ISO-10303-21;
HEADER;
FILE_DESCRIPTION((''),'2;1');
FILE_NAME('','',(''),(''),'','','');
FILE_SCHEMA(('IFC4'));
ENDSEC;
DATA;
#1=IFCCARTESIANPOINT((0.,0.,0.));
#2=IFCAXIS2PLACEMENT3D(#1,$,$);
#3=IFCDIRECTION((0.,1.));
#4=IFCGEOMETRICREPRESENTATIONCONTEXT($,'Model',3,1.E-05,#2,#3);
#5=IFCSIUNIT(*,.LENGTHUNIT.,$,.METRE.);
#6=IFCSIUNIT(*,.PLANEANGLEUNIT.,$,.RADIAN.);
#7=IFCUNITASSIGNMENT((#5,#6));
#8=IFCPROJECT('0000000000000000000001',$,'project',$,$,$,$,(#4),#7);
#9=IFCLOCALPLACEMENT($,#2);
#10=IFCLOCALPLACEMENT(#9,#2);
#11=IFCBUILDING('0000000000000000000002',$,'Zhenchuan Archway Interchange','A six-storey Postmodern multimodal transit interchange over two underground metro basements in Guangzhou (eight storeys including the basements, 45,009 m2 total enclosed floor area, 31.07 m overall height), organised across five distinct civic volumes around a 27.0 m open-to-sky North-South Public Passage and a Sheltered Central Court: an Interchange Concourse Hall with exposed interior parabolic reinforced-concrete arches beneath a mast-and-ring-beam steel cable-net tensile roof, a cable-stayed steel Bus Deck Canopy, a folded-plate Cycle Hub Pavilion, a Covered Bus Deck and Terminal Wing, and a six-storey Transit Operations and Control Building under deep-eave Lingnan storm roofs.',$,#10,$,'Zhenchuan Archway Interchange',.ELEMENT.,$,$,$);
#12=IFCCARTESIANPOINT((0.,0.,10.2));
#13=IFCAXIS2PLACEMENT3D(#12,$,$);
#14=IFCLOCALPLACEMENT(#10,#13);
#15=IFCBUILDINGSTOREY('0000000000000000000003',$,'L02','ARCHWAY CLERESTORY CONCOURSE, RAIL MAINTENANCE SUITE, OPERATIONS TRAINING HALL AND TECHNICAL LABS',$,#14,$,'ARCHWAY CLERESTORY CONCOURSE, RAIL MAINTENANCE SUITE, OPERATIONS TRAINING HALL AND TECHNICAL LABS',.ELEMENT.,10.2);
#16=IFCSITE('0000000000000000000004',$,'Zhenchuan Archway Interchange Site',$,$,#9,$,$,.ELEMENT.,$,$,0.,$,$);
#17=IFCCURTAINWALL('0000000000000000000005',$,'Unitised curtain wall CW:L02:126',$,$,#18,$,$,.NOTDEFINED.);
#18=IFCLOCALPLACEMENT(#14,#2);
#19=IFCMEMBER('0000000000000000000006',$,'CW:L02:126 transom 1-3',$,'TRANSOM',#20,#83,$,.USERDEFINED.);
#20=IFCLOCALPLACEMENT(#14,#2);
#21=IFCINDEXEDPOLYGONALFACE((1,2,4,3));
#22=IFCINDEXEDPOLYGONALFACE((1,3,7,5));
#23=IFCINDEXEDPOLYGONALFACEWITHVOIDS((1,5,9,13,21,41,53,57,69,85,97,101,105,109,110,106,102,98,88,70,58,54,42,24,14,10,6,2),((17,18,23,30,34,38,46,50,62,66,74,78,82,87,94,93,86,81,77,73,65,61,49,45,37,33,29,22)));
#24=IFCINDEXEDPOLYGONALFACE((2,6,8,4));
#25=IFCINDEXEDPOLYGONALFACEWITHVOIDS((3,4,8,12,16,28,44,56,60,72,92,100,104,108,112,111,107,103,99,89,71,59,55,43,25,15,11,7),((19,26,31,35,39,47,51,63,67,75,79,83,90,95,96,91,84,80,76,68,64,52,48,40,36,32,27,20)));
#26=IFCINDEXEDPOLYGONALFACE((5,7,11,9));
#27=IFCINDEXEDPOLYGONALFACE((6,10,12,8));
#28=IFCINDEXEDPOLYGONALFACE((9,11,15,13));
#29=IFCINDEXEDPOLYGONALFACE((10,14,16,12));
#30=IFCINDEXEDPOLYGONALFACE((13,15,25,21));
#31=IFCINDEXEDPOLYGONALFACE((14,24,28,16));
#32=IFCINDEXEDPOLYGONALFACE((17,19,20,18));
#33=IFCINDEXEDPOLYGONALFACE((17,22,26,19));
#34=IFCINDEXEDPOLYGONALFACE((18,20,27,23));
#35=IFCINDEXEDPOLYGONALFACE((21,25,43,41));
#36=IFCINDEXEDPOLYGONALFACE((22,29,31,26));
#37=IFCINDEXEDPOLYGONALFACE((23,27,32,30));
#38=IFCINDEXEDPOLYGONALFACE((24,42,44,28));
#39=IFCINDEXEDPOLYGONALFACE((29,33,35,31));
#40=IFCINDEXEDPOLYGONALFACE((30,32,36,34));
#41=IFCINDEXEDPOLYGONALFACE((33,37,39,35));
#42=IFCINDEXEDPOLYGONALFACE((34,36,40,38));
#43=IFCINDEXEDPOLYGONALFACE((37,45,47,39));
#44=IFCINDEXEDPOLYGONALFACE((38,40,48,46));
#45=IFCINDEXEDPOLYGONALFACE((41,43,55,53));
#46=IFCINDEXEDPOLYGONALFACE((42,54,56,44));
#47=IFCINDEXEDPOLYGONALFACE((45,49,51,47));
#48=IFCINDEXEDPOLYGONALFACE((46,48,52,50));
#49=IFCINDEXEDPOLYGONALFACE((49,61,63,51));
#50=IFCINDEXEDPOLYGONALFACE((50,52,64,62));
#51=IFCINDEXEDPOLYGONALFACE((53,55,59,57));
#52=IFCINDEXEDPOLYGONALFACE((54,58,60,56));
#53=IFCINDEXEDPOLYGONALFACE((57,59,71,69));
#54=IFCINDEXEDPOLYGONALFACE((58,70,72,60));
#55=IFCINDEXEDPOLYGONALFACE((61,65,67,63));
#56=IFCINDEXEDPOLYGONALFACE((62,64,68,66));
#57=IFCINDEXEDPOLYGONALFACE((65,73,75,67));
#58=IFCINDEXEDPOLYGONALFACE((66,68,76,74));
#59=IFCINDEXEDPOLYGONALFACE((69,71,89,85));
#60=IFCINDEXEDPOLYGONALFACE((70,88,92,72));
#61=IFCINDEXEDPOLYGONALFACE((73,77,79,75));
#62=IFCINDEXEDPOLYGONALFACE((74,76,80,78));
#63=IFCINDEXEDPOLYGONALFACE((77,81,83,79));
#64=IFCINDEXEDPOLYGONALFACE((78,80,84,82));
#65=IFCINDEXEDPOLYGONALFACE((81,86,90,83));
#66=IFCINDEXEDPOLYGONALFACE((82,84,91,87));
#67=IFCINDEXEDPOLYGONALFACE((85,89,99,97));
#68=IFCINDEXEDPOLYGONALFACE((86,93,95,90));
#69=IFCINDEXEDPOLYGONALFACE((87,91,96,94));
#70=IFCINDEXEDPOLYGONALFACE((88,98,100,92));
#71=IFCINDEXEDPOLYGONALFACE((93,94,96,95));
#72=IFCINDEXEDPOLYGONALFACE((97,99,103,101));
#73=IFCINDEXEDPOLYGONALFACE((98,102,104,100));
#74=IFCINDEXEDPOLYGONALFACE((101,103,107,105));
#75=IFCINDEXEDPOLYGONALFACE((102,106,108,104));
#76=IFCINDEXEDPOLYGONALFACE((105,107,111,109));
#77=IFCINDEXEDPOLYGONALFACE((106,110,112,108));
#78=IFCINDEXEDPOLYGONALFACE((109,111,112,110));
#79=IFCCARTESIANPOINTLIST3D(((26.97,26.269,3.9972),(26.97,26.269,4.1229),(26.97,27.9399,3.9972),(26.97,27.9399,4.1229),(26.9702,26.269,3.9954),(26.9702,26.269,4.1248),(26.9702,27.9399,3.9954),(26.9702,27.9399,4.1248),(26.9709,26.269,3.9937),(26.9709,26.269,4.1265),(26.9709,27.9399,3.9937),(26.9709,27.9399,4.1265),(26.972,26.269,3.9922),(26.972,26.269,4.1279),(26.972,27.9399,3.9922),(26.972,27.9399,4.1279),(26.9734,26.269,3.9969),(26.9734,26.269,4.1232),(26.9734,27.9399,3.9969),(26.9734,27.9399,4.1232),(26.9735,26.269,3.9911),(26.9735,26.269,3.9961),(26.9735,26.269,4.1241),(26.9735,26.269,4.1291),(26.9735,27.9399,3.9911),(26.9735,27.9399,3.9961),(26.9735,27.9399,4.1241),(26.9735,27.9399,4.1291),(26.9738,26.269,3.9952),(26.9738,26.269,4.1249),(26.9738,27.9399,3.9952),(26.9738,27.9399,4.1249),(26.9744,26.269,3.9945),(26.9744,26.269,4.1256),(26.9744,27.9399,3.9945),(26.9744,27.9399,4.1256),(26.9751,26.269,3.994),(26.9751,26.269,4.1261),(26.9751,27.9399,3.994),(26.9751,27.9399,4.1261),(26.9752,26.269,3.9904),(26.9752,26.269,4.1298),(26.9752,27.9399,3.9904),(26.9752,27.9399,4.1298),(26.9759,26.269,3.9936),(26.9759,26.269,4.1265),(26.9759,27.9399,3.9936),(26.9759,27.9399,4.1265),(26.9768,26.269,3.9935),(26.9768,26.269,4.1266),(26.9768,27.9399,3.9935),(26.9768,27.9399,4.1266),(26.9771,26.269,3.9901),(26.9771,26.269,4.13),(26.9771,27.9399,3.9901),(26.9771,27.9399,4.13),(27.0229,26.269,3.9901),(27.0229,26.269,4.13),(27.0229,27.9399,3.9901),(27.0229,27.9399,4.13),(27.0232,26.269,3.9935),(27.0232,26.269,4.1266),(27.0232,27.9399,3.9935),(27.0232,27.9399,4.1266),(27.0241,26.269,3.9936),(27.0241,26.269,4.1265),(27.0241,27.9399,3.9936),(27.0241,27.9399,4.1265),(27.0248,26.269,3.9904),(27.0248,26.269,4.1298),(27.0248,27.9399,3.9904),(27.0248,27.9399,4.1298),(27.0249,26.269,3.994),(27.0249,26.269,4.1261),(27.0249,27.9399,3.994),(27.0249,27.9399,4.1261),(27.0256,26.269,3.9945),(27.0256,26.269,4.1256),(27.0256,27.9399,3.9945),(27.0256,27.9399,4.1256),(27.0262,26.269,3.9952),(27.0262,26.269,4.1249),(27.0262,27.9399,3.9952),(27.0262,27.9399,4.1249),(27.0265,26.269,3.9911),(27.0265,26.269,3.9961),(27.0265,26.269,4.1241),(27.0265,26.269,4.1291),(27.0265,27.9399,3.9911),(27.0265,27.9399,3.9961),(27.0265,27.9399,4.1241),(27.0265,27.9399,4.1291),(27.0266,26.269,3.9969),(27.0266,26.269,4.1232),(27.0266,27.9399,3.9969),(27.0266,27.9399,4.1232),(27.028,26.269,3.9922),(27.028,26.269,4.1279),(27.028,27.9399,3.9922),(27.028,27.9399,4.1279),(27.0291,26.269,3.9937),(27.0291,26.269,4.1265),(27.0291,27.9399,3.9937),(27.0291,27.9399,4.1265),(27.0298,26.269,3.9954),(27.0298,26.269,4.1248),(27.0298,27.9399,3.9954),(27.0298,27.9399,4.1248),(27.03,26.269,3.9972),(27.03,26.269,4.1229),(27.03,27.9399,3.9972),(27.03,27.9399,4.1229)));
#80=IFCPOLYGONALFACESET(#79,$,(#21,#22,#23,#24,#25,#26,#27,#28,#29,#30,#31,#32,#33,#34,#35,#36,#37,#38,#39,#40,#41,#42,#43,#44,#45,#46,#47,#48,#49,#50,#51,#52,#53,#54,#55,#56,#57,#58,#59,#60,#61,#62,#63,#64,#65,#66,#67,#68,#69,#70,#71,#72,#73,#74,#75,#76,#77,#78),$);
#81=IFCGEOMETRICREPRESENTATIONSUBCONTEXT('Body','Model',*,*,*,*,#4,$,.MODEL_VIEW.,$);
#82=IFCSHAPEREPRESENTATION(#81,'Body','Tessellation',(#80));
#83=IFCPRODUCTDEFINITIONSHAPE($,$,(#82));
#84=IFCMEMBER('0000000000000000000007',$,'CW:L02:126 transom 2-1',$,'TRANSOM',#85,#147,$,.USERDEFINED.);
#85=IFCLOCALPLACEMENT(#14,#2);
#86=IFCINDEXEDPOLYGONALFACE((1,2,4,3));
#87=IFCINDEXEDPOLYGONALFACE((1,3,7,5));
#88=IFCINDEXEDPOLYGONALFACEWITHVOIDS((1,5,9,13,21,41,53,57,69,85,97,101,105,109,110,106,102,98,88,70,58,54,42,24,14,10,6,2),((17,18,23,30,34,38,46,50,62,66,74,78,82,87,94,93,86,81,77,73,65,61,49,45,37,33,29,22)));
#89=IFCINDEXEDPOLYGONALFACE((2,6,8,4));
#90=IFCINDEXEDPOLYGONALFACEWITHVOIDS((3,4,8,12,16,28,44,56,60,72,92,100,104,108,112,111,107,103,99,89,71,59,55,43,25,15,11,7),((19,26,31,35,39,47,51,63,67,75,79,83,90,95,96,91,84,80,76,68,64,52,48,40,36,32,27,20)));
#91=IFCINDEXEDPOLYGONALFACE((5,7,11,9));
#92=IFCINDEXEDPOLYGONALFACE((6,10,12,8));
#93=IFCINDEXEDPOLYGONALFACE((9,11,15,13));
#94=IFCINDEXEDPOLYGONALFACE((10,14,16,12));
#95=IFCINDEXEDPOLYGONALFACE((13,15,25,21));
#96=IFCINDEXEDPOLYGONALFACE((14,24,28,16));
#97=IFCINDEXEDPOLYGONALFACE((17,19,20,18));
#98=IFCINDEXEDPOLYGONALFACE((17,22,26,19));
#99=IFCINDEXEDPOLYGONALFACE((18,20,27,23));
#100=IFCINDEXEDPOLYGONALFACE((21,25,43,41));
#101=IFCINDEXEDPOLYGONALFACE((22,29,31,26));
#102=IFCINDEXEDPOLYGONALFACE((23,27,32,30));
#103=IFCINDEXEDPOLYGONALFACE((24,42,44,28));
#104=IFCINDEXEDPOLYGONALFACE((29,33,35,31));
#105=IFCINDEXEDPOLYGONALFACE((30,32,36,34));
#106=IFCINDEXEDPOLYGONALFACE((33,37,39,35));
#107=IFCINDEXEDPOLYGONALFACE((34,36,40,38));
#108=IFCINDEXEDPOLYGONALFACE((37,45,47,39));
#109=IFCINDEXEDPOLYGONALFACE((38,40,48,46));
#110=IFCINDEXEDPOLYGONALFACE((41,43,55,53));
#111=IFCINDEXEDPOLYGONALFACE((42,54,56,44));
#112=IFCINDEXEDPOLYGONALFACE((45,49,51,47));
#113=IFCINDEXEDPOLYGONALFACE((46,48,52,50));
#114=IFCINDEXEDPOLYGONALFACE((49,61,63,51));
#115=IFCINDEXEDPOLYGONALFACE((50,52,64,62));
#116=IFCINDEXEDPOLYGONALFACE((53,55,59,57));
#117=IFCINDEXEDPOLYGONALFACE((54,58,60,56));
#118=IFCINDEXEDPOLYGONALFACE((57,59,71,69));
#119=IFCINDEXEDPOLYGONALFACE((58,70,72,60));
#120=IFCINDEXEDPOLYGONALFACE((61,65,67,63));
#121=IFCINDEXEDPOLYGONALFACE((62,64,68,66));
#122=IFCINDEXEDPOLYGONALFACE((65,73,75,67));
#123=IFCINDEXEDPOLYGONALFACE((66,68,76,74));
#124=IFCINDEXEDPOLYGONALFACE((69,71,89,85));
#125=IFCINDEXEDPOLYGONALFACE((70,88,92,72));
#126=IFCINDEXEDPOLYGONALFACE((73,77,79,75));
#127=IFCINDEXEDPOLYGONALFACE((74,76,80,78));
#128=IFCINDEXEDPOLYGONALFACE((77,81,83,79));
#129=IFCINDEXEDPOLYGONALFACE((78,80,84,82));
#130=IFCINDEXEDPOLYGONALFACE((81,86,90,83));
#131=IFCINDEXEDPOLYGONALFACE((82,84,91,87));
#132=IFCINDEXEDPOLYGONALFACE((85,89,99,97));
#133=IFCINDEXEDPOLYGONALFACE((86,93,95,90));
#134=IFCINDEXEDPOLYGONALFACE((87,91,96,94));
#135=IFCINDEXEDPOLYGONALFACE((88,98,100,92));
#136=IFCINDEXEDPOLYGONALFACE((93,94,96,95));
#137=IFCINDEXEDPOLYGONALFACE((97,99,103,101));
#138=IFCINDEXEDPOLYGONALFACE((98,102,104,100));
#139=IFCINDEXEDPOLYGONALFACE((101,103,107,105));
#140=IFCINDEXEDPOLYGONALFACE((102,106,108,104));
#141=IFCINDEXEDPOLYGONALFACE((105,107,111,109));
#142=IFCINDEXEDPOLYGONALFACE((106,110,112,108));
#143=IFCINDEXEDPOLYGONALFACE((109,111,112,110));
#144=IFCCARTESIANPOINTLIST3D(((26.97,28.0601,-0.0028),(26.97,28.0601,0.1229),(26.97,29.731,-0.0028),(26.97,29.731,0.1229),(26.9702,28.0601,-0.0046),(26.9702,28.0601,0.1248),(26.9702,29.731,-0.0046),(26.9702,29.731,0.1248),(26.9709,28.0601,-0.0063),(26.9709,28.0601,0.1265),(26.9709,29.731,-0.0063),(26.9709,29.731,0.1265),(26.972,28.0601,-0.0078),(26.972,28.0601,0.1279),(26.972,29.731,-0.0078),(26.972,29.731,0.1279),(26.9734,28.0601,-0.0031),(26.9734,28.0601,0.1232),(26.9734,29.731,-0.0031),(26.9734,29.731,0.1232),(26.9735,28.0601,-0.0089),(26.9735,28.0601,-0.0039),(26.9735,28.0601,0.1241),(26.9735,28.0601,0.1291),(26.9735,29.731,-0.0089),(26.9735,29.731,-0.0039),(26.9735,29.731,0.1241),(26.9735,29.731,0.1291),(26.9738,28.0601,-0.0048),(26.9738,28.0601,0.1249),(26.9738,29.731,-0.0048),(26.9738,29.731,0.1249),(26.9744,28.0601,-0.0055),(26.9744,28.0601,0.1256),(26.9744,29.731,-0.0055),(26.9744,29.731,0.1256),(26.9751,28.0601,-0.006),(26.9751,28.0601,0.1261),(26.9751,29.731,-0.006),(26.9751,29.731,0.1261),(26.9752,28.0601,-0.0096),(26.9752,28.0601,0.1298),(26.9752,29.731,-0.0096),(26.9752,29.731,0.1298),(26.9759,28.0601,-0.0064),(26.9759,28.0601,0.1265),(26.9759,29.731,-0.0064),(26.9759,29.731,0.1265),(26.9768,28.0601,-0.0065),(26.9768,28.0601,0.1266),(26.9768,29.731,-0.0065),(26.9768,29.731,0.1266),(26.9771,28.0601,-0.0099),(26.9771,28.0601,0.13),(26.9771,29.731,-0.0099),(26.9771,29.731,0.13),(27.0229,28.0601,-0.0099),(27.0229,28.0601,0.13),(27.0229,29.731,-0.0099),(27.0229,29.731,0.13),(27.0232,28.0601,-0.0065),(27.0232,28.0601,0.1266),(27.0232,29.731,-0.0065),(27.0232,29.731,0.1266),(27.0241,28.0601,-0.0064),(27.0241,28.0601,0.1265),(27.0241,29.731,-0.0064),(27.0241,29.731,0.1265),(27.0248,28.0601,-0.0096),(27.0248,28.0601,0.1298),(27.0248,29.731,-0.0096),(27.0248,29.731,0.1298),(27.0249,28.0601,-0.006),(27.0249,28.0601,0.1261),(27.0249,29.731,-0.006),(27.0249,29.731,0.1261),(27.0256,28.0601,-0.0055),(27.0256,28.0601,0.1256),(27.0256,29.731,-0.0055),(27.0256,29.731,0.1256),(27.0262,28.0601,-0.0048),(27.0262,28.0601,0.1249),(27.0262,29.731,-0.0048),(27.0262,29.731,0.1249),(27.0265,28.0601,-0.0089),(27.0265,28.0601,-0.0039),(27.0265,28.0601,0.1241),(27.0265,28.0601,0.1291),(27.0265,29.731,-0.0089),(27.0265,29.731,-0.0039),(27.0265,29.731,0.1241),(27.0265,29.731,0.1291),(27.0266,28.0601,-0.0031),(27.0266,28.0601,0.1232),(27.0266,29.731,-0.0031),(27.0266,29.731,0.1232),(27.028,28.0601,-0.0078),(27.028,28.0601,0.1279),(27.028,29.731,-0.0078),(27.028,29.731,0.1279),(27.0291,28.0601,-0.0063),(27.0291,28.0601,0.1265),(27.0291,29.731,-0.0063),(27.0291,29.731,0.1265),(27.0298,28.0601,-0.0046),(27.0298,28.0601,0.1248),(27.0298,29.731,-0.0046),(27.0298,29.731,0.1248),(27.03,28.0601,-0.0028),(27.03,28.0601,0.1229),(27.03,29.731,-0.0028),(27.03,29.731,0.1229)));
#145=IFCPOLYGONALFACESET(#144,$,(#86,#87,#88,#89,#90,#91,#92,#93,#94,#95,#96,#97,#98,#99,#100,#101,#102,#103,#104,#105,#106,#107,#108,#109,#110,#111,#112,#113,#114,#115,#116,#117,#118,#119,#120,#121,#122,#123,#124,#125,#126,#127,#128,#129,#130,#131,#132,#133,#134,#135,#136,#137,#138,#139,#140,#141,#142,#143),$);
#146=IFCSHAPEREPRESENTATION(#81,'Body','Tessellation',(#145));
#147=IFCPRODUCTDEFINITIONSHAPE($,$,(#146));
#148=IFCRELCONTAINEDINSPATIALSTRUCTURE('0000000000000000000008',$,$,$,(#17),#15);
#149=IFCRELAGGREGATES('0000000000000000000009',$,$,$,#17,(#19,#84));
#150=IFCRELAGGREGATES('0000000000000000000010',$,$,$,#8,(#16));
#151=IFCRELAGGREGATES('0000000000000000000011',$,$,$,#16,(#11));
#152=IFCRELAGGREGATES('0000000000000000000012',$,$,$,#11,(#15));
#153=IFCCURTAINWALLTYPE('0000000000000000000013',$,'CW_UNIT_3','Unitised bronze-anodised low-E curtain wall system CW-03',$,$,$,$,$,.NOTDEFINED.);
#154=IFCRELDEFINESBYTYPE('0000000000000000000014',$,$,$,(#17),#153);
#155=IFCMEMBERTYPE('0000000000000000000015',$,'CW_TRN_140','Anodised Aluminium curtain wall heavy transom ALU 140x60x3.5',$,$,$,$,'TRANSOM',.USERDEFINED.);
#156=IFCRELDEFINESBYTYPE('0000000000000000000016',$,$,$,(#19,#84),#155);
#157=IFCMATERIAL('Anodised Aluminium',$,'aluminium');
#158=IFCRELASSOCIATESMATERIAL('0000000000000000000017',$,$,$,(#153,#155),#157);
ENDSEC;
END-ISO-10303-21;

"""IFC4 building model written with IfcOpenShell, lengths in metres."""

from ifc_helpers import new_model, si_unit, direction, frame, origin, origin_2d, place, context, subcontext, project, spatial, hollow_rectangle, extrude, material, material_profile, profile_set, type_object, element, aggregate, save


model = new_model("IFC4")

# Units and contexts
model_context = context("Model", 3, precision=1e-05, world=origin(), true_north=direction((0.0, 1.0)))
body_context = subcontext(model_context, "Body", "Model", "MODEL_VIEW")
ifc_project = project(units=[si_unit("LENGTHUNIT", "METRE"), si_unit("PLANEANGLEUNIT", "RADIAN")], contexts=[model_context])

# Site, building, storey
site_placement = place(None, origin())
site = spatial("IfcSite", under=ifc_project, at=site_placement, Name="Zhenchuan Archway Interchange Site", CompositionType="ELEMENT", RefElevation=0.0)
building_placement = place(site_placement, origin())
building = spatial("IfcBuilding", under=site, at=building_placement, Name="Zhenchuan Archway Interchange", Description="A six-storey Postmodern multimodal transit interchange over two underground metro basements in Guangzhou (eight storeys including the basements, 45,009 m2 total enclosed floor area, 31.07 m overall height), organised across five distinct civic volumes around a 27.0 m open-to-sky North-South Public Passage and a Sheltered Central Court: an Interchange Concourse Hall with exposed interior parabolic reinforced-concrete arches beneath a mast-and-ring-beam steel cable-net tensile roof, a cable-stayed steel Bus Deck Canopy, a folded-plate Cycle Hub Pavilion, a Covered Bus Deck and Terminal Wing, and a six-storey Transit Operations and Control Building under deep-eave Lingnan storm roofs.", LongName="Zhenchuan Archway Interchange", CompositionType="ELEMENT")
storey_placement = place(building_placement, frame((0.0, 0.0, 10.2)))
storey = spatial("IfcBuildingStorey", under=building, at=storey_placement, Name="L02", Description="ARCHWAY CLERESTORY CONCOURSE, RAIL MAINTENANCE SUITE, OPERATIONS TRAINING HALL AND TECHNICAL LABS", LongName="ARCHWAY CLERESTORY CONCOURSE, RAIL MAINTENANCE SUITE, OPERATIONS TRAINING HALL AND TECHNICAL LABS", CompositionType="ELEMENT", Elevation=10.2)

# Curtain wall, members
ifc_material_1 = material(Name="Anodised Aluminium", Category="aluminium")
curtain_wall_type = type_object("IfcCurtainWallType", Name="CW_UNIT_3", Description="Unitised bronze-anodised low-E curtain wall system CW-03", PredefinedType="NOTDEFINED", material=ifc_material_1)
curtain_wall_placement = place(storey_placement, origin())
curtain_wall = element("IfcCurtainWall", 1, at=curtain_wall_placement, inside=storey, type_object=curtain_wall_type, Name="Unitised curtain wall CW:L02:126", PredefinedType="NOTDEFINED")
ifc_material_profile_1 = material_profile(ifc_material_1, hollow_rectangle(XDim=0.0601, YDim=0.1399, WallThickness=0.0034, InnerFilletRadius=0.0034, OuterFilletRadius=0.0071, at=origin_2d()), Name="ALU 140x60x3.5")
ifc_profile_set_1 = profile_set([ifc_material_profile_1], Name="Anodised Aluminium")
member_type_1 = type_object("IfcMemberType", Name="CW_TRN_140", Description="Anodised Aluminium curtain wall heavy transom ALU 140x60x3.5", ElementType="TRANSOM", PredefinedType="USERDEFINED", material=ifc_profile_set_1)
member_1_placement = place(storey_placement, frame((27.0, 26.269, 4.0601), z_axis=(0.0, 1.0, 0.0), x_axis=(-1.0, 0.0, 0.0)))
member_1 = element("IfcMember", 2, at=member_1_placement, type_object=member_type_1, Name="CW:L02:126 transom 1-3", ObjectType="TRANSOM", PredefinedType="USERDEFINED", context=body_context, shape_type="SweptSolid", body=[
    extrude(hollow_rectangle(XDim=0.0601, YDim=0.1399, WallThickness=0.0034, InnerFilletRadius=0.0034, OuterFilletRadius=0.0071, at=origin_2d()), origin(), (0.0, 0.0, 1.0), 1.6709),
])
member_2_placement = place(storey_placement, frame((27.0, 28.0601, 0.0601), z_axis=(0.0, 1.0, 0.0), x_axis=(-1.0, 0.0, 0.0)))
member_2 = element("IfcMember", 3, at=member_2_placement, type_object=member_type_1, Name="CW:L02:126 transom 2-1", ObjectType="TRANSOM", PredefinedType="USERDEFINED", context=body_context, shape_type="SweptSolid", body=[
    extrude(hollow_rectangle(XDim=0.0601, YDim=0.1399, WallThickness=0.0034, InnerFilletRadius=0.0034, OuterFilletRadius=0.0071, at=origin_2d()), origin(), (0.0, 0.0, 1.0), 1.6709),
])

aggregate(curtain_wall, [member_1, member_2])

save(model, "model.ifc")
